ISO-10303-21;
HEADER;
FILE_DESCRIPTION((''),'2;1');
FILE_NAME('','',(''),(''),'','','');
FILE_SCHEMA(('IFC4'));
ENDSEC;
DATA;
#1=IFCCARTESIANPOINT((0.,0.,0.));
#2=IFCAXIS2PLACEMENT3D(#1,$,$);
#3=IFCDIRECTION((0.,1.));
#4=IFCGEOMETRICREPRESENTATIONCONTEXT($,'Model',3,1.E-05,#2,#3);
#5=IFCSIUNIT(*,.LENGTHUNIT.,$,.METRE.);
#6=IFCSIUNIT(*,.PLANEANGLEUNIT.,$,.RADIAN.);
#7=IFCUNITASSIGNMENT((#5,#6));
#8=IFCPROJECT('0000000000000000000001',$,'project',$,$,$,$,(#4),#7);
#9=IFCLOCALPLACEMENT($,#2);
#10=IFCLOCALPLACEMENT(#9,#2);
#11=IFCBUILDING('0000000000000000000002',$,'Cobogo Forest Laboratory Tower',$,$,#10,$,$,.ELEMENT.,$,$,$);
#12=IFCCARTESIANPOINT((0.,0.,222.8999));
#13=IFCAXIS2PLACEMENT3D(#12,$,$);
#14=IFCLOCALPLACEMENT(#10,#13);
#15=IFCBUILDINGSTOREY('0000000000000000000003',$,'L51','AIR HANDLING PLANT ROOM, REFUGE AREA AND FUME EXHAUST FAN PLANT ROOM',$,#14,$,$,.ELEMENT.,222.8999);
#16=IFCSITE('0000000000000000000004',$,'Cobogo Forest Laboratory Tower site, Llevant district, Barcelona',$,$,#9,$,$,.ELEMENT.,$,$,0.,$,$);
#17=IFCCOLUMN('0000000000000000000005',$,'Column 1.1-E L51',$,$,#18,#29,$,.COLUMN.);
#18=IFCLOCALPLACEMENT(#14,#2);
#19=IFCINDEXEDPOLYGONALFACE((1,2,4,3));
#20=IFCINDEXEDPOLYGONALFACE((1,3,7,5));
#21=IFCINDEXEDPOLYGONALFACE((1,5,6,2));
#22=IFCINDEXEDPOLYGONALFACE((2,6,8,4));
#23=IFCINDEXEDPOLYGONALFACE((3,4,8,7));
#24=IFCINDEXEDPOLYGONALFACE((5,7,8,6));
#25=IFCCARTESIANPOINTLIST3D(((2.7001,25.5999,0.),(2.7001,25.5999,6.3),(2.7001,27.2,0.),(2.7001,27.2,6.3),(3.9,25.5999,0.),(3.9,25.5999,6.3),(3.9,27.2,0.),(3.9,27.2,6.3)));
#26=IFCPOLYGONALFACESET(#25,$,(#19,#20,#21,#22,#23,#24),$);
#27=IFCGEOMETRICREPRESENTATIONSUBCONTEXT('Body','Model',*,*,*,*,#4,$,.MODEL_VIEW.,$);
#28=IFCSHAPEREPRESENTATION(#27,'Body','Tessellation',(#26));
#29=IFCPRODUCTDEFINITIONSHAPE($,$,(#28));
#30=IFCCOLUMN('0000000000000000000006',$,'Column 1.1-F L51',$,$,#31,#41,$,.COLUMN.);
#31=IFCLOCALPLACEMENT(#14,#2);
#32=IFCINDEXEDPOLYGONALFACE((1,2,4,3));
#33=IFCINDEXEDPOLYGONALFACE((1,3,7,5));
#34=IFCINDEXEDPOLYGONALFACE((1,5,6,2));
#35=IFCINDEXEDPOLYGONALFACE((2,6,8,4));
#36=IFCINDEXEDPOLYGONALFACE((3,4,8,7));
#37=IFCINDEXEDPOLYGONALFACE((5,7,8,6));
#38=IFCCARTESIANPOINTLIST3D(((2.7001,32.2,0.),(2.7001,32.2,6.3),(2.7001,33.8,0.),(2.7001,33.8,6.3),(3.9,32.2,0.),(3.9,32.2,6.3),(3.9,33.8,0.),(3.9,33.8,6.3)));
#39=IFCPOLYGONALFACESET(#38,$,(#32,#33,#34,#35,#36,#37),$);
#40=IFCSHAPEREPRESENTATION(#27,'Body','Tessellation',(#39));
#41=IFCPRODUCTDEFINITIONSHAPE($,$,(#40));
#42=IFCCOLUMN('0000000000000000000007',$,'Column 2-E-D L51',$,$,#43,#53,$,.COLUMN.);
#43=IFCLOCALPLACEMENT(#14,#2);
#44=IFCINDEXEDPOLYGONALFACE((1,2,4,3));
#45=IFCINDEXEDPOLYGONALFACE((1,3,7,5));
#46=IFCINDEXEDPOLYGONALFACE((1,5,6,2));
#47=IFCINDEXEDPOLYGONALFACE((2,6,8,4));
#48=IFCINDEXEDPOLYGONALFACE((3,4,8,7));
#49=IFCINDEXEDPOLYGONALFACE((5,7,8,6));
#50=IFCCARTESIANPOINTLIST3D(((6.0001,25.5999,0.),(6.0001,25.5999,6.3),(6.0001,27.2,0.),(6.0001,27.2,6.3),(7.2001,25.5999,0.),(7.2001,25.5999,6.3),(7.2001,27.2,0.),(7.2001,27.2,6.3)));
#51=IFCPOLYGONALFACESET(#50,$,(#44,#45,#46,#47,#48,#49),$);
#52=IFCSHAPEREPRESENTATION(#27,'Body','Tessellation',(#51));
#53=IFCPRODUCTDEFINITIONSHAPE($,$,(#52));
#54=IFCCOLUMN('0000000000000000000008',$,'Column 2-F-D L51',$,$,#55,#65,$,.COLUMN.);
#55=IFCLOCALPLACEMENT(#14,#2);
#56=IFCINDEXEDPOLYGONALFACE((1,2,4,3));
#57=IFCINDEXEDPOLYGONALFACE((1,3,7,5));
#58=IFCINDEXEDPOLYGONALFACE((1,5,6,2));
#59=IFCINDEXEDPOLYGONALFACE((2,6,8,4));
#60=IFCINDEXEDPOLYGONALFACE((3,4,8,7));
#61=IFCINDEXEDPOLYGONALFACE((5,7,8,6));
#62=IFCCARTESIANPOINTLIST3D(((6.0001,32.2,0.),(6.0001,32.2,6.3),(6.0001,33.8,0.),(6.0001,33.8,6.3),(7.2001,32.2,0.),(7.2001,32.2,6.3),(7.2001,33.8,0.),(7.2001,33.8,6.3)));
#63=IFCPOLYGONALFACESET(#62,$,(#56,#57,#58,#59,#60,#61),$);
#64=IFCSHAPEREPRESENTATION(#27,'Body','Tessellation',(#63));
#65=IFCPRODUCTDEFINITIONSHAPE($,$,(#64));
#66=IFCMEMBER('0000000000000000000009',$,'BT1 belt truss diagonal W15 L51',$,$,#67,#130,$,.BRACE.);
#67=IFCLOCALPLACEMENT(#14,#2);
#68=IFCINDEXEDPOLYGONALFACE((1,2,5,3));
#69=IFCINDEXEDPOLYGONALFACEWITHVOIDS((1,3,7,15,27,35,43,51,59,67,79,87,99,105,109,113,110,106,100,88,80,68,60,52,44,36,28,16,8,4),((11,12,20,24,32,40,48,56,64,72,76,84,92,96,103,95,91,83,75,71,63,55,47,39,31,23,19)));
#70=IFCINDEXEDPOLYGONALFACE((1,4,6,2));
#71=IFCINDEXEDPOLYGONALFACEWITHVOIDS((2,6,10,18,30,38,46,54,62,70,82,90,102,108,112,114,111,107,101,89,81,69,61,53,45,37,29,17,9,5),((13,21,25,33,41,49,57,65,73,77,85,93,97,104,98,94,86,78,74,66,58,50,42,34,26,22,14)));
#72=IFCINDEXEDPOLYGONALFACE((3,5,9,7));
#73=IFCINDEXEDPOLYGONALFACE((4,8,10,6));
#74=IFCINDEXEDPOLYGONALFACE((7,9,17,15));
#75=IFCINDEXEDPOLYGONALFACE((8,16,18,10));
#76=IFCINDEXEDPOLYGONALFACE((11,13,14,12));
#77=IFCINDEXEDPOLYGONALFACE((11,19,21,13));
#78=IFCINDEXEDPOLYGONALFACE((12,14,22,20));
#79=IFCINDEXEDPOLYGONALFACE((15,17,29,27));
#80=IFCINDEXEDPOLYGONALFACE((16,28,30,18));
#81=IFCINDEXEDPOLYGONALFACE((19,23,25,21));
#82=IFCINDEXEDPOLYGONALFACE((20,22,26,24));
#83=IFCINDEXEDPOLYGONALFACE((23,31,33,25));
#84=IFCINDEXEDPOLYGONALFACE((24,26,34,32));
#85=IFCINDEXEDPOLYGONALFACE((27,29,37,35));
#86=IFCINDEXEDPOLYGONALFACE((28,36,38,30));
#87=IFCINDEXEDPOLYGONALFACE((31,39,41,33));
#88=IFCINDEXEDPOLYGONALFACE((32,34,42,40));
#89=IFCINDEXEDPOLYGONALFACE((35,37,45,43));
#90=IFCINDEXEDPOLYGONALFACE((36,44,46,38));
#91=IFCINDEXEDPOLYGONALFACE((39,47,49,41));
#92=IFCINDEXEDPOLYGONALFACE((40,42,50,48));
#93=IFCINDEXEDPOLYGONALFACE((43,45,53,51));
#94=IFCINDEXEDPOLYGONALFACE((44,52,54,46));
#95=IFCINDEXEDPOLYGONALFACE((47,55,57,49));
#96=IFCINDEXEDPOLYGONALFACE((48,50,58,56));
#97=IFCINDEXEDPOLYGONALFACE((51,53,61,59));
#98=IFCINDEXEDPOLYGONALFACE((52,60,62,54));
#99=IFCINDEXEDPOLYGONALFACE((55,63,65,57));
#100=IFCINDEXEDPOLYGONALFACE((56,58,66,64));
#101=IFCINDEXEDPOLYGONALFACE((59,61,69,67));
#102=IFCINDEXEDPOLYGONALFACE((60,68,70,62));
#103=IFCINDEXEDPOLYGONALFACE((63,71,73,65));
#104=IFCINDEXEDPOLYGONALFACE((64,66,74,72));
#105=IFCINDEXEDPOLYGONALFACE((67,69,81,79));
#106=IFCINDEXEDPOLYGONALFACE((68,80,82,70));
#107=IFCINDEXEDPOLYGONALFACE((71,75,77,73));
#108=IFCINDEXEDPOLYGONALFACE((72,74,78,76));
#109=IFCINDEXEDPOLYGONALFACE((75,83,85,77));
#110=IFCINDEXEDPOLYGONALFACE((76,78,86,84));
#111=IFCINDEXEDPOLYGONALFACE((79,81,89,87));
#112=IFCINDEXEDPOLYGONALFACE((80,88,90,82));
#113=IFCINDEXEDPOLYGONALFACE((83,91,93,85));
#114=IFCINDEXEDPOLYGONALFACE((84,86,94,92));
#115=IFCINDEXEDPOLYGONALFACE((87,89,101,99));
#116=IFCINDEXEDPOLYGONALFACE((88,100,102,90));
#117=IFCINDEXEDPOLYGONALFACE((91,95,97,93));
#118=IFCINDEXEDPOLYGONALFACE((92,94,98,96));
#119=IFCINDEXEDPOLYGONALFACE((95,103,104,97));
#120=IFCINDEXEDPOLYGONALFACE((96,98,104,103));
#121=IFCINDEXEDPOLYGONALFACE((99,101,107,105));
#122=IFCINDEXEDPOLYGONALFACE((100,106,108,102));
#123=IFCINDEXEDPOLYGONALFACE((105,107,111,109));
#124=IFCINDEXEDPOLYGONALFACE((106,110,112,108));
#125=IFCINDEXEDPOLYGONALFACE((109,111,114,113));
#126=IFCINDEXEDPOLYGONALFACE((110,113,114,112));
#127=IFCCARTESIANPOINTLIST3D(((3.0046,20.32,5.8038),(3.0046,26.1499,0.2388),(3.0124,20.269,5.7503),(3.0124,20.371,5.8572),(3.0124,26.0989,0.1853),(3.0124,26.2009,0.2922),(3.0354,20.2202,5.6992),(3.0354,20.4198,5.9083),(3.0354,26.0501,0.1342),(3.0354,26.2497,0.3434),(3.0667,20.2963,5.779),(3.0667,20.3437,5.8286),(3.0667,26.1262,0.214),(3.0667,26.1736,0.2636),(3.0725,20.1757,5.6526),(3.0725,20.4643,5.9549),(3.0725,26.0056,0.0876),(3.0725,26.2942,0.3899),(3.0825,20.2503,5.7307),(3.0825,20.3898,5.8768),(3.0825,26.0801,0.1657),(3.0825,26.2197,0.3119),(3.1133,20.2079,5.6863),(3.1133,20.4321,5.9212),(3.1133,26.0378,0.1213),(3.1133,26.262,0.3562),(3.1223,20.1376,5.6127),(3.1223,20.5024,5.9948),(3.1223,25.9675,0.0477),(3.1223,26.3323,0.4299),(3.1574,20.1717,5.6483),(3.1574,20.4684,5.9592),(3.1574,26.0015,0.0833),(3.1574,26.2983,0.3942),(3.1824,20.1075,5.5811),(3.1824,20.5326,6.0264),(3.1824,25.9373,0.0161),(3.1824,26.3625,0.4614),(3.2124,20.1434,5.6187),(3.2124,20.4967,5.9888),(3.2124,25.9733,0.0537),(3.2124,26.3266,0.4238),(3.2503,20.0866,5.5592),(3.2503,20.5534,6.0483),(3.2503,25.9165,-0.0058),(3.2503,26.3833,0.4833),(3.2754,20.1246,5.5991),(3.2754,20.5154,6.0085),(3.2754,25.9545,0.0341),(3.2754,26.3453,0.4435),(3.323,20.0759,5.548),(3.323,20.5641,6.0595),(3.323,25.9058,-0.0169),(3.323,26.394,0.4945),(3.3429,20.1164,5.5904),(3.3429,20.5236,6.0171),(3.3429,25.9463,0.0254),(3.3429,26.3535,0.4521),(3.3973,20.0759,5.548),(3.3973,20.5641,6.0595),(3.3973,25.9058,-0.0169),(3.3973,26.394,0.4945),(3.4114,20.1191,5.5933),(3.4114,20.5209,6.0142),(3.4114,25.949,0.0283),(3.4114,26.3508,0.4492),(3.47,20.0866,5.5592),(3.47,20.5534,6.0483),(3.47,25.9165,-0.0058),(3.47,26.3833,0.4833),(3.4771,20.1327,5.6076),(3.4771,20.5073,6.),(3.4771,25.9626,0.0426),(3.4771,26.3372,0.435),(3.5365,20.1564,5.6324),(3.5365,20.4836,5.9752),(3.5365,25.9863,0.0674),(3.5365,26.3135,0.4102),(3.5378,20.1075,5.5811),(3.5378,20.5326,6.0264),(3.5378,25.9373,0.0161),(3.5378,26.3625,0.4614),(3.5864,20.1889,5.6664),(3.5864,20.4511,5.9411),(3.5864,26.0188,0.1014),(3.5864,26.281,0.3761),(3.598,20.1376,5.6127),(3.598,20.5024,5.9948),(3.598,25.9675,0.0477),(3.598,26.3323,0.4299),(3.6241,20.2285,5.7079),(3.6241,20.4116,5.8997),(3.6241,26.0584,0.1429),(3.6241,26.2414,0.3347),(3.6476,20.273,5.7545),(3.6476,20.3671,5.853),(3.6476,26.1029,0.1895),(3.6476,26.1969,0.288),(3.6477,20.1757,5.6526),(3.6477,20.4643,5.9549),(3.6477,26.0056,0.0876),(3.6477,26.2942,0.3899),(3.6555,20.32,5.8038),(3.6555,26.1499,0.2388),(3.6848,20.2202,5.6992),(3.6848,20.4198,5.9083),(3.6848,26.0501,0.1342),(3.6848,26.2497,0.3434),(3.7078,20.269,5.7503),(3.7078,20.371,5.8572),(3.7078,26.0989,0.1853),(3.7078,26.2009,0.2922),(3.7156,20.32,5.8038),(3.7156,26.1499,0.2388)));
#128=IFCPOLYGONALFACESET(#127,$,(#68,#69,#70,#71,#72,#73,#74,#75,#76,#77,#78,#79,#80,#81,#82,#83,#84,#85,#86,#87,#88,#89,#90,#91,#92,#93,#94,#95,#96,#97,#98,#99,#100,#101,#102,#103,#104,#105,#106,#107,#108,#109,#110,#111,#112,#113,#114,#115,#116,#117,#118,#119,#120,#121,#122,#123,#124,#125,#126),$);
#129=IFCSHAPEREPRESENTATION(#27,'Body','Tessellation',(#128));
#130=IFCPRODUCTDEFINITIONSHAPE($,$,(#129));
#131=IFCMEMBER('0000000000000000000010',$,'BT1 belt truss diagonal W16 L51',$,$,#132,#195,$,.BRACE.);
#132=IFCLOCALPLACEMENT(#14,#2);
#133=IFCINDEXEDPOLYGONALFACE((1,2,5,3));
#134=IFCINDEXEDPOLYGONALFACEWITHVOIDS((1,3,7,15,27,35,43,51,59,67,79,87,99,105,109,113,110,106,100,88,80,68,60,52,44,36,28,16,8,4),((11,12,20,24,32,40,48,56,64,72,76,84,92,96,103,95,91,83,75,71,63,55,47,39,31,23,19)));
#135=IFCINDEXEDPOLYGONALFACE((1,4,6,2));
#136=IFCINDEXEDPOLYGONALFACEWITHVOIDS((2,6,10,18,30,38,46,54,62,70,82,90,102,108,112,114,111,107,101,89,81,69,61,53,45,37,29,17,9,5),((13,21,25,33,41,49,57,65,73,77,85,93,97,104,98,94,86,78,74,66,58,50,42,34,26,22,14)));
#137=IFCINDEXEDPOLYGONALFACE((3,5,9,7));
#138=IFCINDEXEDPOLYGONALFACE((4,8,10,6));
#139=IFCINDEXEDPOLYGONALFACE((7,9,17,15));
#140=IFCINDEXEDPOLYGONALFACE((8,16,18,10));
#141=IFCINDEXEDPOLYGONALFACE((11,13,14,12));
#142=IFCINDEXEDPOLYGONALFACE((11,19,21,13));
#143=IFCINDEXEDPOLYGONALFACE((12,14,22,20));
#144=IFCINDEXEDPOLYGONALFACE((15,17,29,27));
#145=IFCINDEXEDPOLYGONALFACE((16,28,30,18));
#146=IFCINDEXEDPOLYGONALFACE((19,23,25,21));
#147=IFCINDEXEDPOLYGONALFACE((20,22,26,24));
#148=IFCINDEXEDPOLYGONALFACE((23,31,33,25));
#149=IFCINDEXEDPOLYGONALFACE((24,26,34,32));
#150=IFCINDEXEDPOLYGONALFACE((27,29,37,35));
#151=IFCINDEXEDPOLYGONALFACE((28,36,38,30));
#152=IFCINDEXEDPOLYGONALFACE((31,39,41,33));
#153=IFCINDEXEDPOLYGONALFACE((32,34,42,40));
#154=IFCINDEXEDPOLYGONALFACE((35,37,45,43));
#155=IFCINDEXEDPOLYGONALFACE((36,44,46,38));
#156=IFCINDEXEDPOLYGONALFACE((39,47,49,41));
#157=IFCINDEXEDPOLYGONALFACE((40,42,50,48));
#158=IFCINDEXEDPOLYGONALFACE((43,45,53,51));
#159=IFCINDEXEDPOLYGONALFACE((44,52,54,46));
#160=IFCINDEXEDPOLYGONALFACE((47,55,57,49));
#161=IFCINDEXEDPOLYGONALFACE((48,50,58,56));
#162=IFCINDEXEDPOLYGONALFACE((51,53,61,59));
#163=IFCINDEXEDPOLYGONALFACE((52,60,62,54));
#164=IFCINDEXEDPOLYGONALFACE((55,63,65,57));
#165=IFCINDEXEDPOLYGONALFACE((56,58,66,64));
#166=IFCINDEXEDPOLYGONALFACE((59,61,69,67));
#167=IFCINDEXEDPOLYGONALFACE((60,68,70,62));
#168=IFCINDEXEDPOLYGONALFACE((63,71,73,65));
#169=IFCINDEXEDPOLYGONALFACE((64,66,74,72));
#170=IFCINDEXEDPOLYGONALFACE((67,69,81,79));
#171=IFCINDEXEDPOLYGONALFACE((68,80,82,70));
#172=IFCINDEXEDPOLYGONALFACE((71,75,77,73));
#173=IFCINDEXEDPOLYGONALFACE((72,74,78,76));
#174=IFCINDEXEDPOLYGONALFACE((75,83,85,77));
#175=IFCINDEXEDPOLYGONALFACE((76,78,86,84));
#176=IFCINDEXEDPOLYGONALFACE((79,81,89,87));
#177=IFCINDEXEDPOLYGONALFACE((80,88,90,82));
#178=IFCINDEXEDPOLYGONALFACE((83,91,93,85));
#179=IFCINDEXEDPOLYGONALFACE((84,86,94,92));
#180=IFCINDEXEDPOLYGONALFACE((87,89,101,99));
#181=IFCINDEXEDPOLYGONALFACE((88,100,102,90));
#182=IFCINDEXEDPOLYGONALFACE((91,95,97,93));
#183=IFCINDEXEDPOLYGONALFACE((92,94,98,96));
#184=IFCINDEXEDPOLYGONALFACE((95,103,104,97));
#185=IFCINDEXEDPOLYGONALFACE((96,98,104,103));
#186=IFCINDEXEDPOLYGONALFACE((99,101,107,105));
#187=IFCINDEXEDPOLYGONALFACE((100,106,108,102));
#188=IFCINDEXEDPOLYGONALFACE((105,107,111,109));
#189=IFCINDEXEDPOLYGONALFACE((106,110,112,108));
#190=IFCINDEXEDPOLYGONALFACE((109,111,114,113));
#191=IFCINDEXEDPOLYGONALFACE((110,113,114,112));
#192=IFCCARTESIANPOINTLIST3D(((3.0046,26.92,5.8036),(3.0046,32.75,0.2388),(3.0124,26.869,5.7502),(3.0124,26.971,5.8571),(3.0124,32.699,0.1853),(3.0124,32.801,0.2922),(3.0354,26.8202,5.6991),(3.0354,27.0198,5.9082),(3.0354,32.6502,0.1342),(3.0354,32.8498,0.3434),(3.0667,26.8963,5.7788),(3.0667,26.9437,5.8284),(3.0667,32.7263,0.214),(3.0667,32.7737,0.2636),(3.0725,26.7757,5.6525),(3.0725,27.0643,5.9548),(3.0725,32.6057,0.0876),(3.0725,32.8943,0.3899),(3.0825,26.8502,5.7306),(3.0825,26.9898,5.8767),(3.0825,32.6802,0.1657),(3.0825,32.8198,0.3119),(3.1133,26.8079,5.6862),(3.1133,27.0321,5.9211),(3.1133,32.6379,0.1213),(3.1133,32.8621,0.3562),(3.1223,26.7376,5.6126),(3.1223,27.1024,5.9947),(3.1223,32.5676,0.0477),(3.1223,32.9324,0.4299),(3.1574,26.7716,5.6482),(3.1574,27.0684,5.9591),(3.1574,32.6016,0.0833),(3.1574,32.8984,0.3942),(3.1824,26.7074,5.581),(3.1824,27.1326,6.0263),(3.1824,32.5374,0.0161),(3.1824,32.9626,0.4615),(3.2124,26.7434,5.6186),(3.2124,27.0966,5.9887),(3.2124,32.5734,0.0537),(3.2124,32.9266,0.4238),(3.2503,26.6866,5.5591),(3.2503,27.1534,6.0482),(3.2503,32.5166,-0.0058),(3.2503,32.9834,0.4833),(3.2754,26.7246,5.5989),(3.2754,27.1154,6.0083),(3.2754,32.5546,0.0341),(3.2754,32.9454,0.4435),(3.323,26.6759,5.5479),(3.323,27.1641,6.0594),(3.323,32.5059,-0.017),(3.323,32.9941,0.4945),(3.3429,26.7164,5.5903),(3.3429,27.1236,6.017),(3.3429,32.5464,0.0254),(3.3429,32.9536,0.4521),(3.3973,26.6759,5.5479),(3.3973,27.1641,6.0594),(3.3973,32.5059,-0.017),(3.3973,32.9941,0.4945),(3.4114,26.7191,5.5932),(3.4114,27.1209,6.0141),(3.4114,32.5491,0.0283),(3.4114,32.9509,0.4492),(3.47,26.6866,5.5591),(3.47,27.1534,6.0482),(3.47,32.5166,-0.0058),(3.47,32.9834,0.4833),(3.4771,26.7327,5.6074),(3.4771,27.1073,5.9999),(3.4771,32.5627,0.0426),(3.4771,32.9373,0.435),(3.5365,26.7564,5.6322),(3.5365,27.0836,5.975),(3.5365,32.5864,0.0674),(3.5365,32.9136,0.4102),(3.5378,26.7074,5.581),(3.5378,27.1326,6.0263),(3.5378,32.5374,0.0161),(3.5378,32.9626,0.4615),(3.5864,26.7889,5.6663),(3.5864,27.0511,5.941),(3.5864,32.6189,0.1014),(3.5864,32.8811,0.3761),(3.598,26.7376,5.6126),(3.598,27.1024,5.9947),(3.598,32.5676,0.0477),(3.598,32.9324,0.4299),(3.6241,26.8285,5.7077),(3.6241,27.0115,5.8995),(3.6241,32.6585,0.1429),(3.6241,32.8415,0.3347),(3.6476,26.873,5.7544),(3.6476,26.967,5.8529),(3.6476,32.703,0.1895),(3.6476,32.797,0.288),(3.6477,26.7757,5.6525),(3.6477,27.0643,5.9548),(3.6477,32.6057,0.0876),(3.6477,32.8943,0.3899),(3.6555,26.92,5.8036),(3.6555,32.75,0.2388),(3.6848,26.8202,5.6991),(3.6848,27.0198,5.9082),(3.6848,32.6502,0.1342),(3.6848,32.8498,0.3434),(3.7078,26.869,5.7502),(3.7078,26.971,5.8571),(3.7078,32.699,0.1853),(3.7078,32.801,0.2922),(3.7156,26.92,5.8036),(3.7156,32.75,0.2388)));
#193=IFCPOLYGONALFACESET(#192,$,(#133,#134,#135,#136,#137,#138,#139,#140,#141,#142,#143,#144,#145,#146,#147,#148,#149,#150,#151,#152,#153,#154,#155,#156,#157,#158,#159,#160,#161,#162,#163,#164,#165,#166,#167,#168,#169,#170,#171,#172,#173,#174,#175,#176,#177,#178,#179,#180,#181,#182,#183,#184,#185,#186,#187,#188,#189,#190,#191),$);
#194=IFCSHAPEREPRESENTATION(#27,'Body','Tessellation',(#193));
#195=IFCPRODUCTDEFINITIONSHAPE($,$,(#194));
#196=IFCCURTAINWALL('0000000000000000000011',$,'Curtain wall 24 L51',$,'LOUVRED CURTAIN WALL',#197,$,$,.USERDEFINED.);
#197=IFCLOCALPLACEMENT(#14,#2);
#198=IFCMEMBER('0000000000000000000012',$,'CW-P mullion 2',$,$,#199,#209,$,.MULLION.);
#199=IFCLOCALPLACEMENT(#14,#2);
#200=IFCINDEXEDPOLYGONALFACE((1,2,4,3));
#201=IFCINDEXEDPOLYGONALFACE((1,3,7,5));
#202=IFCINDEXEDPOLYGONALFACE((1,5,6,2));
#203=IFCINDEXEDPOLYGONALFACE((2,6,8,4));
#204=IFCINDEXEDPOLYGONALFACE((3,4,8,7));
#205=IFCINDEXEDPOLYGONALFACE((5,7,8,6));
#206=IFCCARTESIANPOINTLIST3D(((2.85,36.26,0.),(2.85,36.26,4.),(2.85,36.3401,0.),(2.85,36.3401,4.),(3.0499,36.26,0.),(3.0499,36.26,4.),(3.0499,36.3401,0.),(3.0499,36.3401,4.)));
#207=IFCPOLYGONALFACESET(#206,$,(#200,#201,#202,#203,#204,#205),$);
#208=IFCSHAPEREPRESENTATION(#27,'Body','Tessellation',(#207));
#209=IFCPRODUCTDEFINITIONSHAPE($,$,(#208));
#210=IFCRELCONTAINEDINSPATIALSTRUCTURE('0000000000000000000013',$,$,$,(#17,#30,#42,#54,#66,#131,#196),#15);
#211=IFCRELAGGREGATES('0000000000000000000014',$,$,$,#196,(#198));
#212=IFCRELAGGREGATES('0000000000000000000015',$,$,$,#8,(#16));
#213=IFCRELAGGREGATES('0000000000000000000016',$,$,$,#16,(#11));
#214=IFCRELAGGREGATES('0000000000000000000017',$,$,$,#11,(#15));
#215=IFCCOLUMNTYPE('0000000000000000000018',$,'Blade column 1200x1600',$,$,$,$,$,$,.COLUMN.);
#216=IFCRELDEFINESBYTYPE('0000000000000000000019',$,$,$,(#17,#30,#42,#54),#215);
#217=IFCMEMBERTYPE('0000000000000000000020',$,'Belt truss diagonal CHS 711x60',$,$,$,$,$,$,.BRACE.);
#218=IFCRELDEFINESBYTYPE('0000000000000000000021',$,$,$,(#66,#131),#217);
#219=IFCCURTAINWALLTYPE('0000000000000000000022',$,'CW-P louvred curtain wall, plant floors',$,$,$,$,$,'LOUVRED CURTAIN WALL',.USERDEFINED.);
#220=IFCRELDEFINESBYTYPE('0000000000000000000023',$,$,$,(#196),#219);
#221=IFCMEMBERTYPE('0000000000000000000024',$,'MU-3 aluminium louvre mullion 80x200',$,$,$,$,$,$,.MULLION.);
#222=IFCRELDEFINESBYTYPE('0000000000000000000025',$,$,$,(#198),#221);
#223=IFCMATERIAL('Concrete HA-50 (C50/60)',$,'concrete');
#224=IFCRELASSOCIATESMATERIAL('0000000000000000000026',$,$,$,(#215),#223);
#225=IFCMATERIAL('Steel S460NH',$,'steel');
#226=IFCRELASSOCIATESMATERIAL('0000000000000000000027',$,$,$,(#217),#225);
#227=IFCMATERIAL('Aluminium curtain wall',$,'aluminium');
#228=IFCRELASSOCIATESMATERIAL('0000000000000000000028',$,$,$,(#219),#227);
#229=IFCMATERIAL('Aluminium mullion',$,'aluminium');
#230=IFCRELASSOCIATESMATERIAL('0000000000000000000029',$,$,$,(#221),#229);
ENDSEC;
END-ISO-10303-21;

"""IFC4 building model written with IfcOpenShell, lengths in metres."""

from ifc_helpers import new_model, si_unit, direction, frame, origin, origin_2d, place, context, subcontext, project, spatial, rectangle, hollow_circle, extrude, material, material_profile, profile_set, type_object, element, aggregate, save


model = new_model("IFC4")

# Units and contexts
model_context = context("Model", 3, precision=1e-05, world=origin(), true_north=direction((0.0, 1.0)))
body_context = subcontext(model_context, "Body", "Model", "MODEL_VIEW")
ifc_project = project(units=[si_unit("LENGTHUNIT", "METRE"), si_unit("PLANEANGLEUNIT", "RADIAN")], contexts=[model_context])

# Site, building, storey
site_placement = place(None, origin())
site = spatial("IfcSite", under=ifc_project, at=site_placement, Name="Cobogo Forest Laboratory Tower site, Llevant district, Barcelona", CompositionType="ELEMENT", RefElevation=0.0)
building_placement = place(site_placement, origin())
building = spatial("IfcBuilding", under=site, at=building_placement, Name="Cobogo Forest Laboratory Tower", CompositionType="ELEMENT")
storey_placement = place(building_placement, frame((0.0, 0.0, 222.8999)))
storey = spatial("IfcBuildingStorey", under=building, at=storey_placement, Name="L51", Description="AIR HANDLING PLANT ROOM, REFUGE AREA AND FUME EXHAUST FAN PLANT ROOM", CompositionType="ELEMENT", Elevation=222.8999)

# Columns
ifc_material_1 = material(Name="Concrete HA-50 (C50/60)", Category="concrete")
ifc_material_profile_1 = material_profile(ifc_material_1, rectangle(XDim=1.6001, YDim=1.2, at=origin_2d()), Name="RC 1200x1600")
ifc_profile_set_1 = profile_set([ifc_material_profile_1], Name="Concrete HA-50 (C50/60)")
column_type = type_object("IfcColumnType", Name="Blade column 1200x1600", PredefinedType="COLUMN", material=ifc_profile_set_1)
for number, where, z_axis, x_axis, name in (
    (1, (3.3, 26.3999, 0.0), (0.0, 0.0, 1.0), (0.0, 1.0, 0.0), "Column 1.1-E L51"),
    (2, (3.3, 33.0, 0.0), (0.0, 0.0, 1.0), (0.0, 1.0, 0.0), "Column 1.1-F L51"),
    (3, (6.6001, 26.3999, 0.0), (0.0, 0.0, 1.0), (0.0, 1.0, 0.0), "Column 2-E-D L51"),
    (4, (6.6001, 33.0, 0.0), (0.0, 0.0, 1.0), (0.0, 1.0, 0.0), "Column 2-F-D L51"),
):
    element("IfcColumn", number, at=place(storey_placement, frame(where, z_axis=z_axis, x_axis=x_axis)), inside=storey, type_object=column_type, Name=name, PredefinedType="COLUMN", context=body_context, shape_type="SweptSolid", body=[
        extrude(rectangle(XDim=1.6001, YDim=1.2, at=origin_2d()), origin(), (0.0, 0.0, 1.0), 6.3),
    ])

# Members
ifc_material_2 = material(Name="Steel S460NH", Category="steel")
ifc_material_profile_2 = material_profile(ifc_material_2, hollow_circle(Radius=0.3555, WallThickness=0.0601, at=origin_2d()), Name="CHS 711x60")
ifc_profile_set_2 = profile_set([ifc_material_profile_2], Name="Steel S460NH")
member_type_1 = type_object("IfcMemberType", Name="Belt truss diagonal CHS 711x60", PredefinedType="BRACE", material=ifc_profile_set_2)
for number, where, z_axis, x_axis, name in (
    (5, (3.3601, 26.1499, 0.2388), (0.0, -0.723349, 0.690482), (1.0, 0.0, 0.0), "BT1 belt truss diagonal W15 L51"),
    (6, (3.3601, 32.75, 0.2388), (0.0, -0.723364, 0.690467), (1.0, 0.0, 0.0), "BT1 belt truss diagonal W16 L51"),
):
    element("IfcMember", number, at=place(storey_placement, frame(where, z_axis=z_axis, x_axis=x_axis)), inside=storey, type_object=member_type_1, Name=name, PredefinedType="BRACE", context=body_context, shape_type="SweptSolid", body=[
        extrude(hollow_circle(Radius=0.3555, WallThickness=0.0601, at=origin_2d()), origin(), (0.0, 0.0, 1.0), 8.0596),
    ])

# Curtain wall, member
ifc_material_3 = material(Name="Aluminium curtain wall", Category="aluminium")
curtain_wall_type = type_object("IfcCurtainWallType", Name="CW-P louvred curtain wall, plant floors", ElementType="LOUVRED CURTAIN WALL", PredefinedType="USERDEFINED", material=ifc_material_3)
curtain_wall_1_placement = place(storey_placement, origin())
curtain_wall_1 = element("IfcCurtainWall", 7, at=curtain_wall_1_placement, inside=storey, type_object=curtain_wall_type, Name="Curtain wall 24 L51", ObjectType="LOUVRED CURTAIN WALL", PredefinedType="USERDEFINED")
ifc_material_4 = material(Name="Aluminium mullion", Category="aluminium")
ifc_material_profile_3 = material_profile(ifc_material_4, rectangle(XDim=0.0801, YDim=0.2, at=origin_2d()), Name="AL 80x200")
ifc_profile_set_3 = profile_set([ifc_material_profile_3], Name="Aluminium mullion")
member_type_2 = type_object("IfcMemberType", Name="MU-3 aluminium louvre mullion 80x200", PredefinedType="MULLION", material=ifc_profile_set_3)
member_1_placement = place(storey_placement, frame((2.95, 36.3, 0.0), z_axis=(0.0, 0.0, 1.0), x_axis=(0.0, -1.0, 0.0)))
member_1 = element("IfcMember", 8, at=member_1_placement, type_object=member_type_2, Name="CW-P mullion 2", PredefinedType="MULLION", context=body_context, shape_type="SweptSolid", body=[
    extrude(rectangle(XDim=0.0801, YDim=0.2, at=origin_2d()), origin(), (0.0, 0.0, 1.0), 4.0),
])

aggregate(curtain_wall_1, [member_1])

save(model, "model.ifc")
